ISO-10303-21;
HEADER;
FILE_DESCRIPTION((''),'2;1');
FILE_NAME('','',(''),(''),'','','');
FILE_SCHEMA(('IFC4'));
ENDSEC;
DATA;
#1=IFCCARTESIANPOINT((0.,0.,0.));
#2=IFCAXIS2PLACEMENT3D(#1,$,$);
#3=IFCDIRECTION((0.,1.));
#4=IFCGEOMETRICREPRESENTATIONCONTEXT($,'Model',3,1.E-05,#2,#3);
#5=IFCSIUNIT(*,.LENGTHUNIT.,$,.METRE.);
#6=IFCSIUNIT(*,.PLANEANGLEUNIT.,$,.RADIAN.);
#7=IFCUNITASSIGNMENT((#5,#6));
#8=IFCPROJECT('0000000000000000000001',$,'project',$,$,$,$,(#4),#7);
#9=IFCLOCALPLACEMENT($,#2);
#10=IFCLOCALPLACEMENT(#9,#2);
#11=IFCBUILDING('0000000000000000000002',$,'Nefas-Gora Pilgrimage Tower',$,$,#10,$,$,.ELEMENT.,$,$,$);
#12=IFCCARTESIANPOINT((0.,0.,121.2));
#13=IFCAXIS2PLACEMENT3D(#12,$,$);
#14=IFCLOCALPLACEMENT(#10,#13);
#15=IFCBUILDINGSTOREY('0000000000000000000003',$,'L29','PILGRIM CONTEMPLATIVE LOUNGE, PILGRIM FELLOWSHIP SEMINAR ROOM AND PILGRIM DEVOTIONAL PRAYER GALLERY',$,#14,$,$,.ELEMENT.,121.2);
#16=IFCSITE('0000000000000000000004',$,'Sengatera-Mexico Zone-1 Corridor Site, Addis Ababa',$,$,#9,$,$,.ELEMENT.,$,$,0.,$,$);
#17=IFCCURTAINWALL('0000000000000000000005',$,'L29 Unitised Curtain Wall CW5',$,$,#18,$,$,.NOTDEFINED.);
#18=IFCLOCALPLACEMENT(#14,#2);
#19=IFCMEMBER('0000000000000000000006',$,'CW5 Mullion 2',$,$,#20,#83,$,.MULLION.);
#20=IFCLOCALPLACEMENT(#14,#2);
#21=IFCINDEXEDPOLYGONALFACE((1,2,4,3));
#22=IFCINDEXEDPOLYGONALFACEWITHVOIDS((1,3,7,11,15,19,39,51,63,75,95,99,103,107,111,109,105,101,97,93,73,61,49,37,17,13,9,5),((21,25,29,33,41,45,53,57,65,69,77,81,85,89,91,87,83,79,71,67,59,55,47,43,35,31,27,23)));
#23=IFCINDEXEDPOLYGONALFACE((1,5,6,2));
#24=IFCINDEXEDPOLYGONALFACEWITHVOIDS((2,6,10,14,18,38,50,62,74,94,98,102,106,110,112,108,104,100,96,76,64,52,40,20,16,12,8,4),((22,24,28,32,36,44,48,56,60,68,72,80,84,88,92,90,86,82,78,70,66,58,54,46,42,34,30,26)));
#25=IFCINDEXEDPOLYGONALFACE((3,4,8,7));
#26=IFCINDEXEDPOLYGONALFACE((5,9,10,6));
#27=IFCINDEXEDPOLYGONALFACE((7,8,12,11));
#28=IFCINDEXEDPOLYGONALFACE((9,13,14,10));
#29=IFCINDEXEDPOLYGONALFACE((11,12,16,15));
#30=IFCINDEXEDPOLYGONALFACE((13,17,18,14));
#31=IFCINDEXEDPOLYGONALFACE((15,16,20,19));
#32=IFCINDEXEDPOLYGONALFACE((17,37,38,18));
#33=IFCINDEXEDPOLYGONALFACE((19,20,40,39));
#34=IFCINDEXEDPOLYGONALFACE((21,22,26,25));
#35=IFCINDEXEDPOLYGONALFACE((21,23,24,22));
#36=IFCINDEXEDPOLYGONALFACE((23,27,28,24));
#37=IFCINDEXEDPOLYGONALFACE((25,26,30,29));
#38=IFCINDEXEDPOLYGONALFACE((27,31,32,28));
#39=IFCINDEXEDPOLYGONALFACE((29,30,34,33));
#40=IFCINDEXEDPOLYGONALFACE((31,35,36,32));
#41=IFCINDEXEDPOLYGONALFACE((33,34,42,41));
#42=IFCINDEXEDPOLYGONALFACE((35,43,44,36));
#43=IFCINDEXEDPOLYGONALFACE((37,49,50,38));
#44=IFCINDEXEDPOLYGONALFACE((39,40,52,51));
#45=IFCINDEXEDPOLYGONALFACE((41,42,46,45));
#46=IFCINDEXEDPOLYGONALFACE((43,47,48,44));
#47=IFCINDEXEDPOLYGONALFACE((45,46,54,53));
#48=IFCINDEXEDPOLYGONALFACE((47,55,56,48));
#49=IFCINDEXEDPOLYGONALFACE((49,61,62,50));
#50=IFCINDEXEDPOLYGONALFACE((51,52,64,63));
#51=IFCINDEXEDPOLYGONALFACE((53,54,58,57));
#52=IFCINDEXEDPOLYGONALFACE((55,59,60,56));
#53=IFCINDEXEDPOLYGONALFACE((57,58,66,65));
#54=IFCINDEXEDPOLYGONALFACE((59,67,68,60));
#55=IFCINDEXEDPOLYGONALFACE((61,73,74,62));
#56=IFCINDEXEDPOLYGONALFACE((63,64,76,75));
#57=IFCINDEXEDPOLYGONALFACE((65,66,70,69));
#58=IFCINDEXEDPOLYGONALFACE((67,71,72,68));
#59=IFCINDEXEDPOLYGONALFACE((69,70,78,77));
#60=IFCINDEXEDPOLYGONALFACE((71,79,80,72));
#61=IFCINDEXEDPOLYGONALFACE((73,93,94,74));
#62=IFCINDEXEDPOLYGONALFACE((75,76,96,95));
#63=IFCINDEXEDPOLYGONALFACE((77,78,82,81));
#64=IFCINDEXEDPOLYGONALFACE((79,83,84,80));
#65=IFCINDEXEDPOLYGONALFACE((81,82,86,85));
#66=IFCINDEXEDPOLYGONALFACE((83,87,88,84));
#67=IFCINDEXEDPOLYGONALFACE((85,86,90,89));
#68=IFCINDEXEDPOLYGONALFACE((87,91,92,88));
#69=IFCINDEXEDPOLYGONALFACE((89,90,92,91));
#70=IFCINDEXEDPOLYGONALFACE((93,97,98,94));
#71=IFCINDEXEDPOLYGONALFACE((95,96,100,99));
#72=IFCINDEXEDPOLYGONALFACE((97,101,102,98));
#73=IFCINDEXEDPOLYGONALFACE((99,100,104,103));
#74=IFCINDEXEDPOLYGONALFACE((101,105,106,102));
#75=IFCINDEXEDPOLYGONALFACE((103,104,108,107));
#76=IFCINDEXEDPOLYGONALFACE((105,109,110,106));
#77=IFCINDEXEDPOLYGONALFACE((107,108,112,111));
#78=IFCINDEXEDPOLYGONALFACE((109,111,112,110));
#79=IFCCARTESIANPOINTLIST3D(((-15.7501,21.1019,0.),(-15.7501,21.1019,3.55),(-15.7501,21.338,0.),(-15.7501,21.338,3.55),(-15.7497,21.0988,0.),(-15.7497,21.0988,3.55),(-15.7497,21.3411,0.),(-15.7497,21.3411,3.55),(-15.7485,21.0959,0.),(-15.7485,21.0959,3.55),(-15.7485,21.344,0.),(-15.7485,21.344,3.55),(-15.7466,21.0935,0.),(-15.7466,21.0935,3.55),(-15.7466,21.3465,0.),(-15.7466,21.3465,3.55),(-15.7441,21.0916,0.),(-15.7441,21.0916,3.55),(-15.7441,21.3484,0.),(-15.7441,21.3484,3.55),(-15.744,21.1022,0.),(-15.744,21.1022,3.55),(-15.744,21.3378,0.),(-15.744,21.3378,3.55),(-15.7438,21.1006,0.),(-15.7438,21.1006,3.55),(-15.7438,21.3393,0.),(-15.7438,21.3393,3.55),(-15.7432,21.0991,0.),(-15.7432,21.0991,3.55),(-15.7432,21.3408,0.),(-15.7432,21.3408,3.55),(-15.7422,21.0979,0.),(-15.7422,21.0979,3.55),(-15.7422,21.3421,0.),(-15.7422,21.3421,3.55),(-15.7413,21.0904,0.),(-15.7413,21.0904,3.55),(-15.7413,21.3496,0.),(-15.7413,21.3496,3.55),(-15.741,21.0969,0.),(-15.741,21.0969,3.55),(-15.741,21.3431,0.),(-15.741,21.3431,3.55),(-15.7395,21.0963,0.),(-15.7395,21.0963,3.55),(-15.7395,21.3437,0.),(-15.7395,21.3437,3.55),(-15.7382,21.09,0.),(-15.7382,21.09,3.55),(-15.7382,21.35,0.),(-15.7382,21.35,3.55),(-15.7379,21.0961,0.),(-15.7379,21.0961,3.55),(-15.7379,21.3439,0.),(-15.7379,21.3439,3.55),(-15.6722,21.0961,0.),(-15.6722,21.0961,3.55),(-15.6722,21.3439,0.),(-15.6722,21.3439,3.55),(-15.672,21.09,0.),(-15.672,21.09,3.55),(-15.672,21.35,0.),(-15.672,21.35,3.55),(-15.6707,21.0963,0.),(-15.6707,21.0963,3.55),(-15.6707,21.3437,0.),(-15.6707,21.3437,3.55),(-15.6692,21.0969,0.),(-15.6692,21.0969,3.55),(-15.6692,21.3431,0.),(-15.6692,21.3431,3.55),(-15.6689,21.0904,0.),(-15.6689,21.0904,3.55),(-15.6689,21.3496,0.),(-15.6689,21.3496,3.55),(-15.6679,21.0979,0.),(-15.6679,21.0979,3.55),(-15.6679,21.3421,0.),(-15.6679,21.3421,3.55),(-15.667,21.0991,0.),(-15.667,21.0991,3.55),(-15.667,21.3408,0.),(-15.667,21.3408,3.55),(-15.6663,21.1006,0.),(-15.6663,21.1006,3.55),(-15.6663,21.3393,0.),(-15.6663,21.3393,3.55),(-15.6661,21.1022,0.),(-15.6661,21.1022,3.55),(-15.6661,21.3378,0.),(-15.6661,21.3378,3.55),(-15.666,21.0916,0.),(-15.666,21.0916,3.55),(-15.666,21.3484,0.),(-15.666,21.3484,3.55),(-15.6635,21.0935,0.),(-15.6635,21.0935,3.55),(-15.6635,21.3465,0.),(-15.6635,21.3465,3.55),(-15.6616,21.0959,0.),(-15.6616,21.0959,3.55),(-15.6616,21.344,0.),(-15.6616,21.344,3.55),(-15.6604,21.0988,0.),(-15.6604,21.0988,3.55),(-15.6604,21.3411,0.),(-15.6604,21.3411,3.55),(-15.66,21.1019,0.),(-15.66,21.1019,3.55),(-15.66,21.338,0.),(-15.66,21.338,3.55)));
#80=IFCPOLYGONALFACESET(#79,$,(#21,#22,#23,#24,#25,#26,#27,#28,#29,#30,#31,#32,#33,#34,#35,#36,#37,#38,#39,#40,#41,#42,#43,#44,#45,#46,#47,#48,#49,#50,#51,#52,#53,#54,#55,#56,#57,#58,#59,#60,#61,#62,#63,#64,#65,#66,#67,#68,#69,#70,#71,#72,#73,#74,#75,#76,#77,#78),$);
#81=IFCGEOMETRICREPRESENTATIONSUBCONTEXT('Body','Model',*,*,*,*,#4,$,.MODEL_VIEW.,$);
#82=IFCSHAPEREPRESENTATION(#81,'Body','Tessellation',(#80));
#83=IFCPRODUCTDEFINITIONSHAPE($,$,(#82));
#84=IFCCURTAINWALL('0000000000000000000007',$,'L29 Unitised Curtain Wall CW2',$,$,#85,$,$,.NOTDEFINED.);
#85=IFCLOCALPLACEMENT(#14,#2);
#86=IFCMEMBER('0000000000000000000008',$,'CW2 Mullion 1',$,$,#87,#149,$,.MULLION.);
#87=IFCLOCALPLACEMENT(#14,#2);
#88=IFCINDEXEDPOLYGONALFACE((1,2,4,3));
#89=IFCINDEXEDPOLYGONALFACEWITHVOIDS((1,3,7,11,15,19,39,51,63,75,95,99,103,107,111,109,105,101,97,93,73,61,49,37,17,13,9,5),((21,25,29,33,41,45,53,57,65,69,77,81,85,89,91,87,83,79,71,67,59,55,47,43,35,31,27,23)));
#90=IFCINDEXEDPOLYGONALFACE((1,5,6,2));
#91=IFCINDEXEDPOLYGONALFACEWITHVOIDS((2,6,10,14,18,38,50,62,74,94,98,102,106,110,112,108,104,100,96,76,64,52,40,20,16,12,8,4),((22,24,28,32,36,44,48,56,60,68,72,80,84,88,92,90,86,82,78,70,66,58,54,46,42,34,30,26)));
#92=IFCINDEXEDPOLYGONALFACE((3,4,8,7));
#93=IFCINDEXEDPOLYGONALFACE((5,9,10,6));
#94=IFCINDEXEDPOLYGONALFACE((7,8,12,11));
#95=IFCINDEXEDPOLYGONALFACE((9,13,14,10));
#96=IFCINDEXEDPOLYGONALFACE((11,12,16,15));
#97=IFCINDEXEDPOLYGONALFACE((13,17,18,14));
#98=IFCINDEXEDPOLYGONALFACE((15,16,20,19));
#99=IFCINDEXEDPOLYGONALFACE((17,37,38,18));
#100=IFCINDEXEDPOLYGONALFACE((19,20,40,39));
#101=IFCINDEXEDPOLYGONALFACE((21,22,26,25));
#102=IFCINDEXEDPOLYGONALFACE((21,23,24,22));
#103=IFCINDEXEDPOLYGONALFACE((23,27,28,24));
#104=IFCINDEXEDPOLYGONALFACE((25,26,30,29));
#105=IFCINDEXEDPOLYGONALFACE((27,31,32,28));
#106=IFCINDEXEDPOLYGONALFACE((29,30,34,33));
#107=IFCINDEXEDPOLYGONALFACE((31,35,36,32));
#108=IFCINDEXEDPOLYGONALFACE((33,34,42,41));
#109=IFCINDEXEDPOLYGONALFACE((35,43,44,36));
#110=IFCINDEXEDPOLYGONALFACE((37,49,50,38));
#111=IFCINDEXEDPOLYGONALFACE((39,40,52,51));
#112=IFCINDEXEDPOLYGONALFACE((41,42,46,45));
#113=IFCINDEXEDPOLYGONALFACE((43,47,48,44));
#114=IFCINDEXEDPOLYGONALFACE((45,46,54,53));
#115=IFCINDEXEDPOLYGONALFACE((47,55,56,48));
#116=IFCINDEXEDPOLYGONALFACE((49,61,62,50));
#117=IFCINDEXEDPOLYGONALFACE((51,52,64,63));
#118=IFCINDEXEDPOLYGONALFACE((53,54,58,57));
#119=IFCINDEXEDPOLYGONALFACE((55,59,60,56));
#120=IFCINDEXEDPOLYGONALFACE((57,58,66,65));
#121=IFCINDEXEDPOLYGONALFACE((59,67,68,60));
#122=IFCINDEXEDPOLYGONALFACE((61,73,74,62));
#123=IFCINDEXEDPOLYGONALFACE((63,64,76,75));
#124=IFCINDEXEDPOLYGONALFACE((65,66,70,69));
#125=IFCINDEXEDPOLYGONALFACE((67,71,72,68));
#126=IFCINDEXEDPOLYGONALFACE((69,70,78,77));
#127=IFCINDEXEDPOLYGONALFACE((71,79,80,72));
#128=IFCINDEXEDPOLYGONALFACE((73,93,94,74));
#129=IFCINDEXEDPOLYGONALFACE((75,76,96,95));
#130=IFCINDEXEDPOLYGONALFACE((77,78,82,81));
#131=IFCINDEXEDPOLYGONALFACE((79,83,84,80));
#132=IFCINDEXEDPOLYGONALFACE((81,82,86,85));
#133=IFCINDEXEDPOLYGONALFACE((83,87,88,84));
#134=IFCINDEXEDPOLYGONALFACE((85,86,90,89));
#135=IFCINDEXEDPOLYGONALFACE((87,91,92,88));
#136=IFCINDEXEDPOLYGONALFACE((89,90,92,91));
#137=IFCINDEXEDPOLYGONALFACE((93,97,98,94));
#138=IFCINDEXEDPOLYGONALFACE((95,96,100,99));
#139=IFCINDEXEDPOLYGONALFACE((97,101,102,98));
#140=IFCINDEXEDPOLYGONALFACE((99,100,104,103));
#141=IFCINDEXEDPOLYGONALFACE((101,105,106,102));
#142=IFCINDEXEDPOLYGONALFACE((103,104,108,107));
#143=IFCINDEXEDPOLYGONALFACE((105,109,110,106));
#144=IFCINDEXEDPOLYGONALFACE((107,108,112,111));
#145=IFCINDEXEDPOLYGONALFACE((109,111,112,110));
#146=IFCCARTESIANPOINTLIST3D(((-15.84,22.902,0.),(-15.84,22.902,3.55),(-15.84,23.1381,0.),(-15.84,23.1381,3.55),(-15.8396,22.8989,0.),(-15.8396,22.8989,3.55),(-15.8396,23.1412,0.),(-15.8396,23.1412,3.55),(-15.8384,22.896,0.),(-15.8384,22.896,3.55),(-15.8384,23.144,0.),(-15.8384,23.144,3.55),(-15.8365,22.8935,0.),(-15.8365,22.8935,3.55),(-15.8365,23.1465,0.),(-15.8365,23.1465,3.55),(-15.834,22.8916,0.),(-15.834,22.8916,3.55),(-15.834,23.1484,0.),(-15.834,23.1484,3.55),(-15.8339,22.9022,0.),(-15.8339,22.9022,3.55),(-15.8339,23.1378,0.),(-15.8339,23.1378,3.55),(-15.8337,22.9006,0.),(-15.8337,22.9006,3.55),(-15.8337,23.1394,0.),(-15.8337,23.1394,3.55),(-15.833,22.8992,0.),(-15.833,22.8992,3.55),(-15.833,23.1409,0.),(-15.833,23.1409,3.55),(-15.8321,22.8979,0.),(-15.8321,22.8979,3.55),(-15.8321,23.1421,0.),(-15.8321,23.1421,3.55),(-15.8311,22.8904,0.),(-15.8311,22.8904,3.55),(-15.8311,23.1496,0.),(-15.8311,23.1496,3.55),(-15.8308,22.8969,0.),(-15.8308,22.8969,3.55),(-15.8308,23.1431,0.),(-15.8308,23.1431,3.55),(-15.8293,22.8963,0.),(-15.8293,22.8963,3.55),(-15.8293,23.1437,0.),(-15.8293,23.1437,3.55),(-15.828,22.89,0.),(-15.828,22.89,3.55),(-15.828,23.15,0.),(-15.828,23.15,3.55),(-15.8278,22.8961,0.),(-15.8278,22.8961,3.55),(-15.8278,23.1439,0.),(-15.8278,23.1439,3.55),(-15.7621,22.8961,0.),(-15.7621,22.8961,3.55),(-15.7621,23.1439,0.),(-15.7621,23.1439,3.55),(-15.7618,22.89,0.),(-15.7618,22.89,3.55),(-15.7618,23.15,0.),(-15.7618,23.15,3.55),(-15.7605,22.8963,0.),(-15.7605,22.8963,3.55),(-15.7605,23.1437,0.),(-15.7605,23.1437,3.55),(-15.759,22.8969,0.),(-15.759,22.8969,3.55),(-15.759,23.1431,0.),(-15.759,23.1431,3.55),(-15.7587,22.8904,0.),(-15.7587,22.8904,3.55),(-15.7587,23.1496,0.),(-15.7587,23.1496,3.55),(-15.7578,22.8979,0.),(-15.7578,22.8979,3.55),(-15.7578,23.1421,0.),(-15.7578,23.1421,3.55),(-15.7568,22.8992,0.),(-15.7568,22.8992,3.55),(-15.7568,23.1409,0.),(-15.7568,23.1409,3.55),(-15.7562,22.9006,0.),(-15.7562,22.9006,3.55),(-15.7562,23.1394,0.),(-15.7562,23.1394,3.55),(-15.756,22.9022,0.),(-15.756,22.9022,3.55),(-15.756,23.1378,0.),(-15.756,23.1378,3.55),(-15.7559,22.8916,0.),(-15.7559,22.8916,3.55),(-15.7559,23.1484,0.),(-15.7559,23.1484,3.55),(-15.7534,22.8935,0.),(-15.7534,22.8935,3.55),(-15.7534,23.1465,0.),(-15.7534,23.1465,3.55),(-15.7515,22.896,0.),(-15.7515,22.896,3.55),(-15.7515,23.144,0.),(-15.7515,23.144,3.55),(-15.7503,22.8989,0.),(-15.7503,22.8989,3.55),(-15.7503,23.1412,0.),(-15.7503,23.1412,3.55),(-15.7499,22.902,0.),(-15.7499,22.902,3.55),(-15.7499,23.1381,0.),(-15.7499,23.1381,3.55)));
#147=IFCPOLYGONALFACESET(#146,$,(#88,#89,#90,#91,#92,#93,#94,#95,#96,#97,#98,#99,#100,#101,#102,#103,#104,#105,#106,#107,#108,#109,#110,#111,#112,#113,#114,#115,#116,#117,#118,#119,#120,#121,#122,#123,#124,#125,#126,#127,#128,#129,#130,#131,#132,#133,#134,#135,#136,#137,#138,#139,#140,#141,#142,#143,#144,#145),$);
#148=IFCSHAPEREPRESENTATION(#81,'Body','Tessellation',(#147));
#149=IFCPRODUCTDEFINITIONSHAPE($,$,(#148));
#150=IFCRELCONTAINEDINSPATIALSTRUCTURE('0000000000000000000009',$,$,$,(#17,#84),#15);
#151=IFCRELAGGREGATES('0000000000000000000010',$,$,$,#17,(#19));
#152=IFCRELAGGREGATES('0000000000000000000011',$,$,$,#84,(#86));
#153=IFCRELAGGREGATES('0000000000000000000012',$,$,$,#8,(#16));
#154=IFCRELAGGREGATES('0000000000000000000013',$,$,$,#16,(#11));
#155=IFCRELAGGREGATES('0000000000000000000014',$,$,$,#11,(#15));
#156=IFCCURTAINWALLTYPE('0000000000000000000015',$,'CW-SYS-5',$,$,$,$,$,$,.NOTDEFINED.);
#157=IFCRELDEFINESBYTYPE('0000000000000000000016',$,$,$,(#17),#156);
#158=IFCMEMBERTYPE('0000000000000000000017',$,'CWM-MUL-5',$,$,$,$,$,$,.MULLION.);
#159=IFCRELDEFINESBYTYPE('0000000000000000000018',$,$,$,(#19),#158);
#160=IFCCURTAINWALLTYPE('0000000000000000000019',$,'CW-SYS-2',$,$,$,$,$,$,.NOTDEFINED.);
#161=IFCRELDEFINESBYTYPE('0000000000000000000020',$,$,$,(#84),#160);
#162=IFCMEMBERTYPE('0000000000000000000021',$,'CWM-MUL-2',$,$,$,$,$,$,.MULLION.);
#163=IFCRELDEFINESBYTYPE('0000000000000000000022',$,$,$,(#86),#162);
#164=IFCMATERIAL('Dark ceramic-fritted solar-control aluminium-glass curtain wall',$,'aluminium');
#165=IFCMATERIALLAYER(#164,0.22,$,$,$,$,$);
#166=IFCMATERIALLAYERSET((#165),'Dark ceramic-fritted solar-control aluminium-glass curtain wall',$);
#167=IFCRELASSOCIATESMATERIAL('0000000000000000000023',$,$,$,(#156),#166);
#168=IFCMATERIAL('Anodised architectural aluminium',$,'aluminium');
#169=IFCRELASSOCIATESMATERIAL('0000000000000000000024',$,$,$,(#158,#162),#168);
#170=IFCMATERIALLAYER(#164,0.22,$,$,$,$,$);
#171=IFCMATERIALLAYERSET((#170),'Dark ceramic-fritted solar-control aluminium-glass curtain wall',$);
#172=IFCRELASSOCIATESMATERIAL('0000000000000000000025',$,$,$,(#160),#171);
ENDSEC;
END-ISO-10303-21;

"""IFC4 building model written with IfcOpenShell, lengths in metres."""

from ifc_helpers import new_model, si_unit, direction, frame, origin, origin_2d, place, context, subcontext, project, spatial, hollow_rectangle, extrude, source, transform, mapped, material, layer, layer_set, material_profile, profile_set, type_object, element, aggregate, save


model = new_model("IFC4")

# Units and contexts
model_context = context("Model", 3, precision=1e-05, world=origin(), true_north=direction((0.0, 1.0)))
body_context = subcontext(model_context, "Body", "Model", "MODEL_VIEW")
ifc_project = project(units=[si_unit("LENGTHUNIT", "METRE"), si_unit("PLANEANGLEUNIT", "RADIAN")], contexts=[model_context])

# Site, building, storey
site_placement = place(None, origin())
site = spatial("IfcSite", under=ifc_project, at=site_placement, Name="Sengatera-Mexico Zone-1 Corridor Site, Addis Ababa", CompositionType="ELEMENT", RefElevation=0.0)
building_placement = place(site_placement, origin())
building = spatial("IfcBuilding", under=site, at=building_placement, Name="Nefas-Gora Pilgrimage Tower", CompositionType="ELEMENT")
storey_placement = place(building_placement, frame((0.0, 0.0, 121.2)))
storey = spatial("IfcBuildingStorey", under=building, at=storey_placement, Name="L29", Description="PILGRIM CONTEMPLATIVE LOUNGE, PILGRIM FELLOWSHIP SEMINAR ROOM AND PILGRIM DEVOTIONAL PRAYER GALLERY", CompositionType="ELEMENT", Elevation=121.2)

# Curtain wall, member
ifc_material_1 = material(Name="Dark ceramic-fritted solar-control aluminium-glass curtain wall", Category="aluminium")
ifc_layer_1 = layer(ifc_material_1, 0.22)
ifc_layer_set_1 = layer_set([ifc_layer_1], Name="Dark ceramic-fritted solar-control aluminium-glass curtain wall")
curtain_wall_type_1 = type_object("IfcCurtainWallType", Name="CW-SYS-5", PredefinedType="NOTDEFINED", material=ifc_layer_set_1)
curtain_wall_1_placement = place(storey_placement, origin())
curtain_wall_1 = element("IfcCurtainWall", 1, at=curtain_wall_1_placement, inside=storey, type_object=curtain_wall_type_1, Name="L29 Unitised Curtain Wall CW5", PredefinedType="NOTDEFINED")
ifc_material_2 = material(Name="Anodised architectural aluminium", Category="aluminium")
ifc_material_profile_1 = material_profile(ifc_material_2, hollow_rectangle(XDim=0.0901, YDim=0.26, WallThickness=0.0061, InnerFilletRadius=0.0061, OuterFilletRadius=0.012, at=origin_2d()), Name="ALU MULLION 90x260")
ifc_profile_set_1 = profile_set([ifc_material_profile_1], Name="Anodised architectural aluminium")
member_type_1 = type_object("IfcMemberType", Name="CWM-MUL-5", PredefinedType="MULLION", material=ifc_profile_set_1)
shared_shape_1 = source(origin(), body_context, "Body", "SweptSolid", [
    extrude(hollow_rectangle(XDim=0.0901, YDim=0.26, WallThickness=0.0061, InnerFilletRadius=0.0061, OuterFilletRadius=0.012, at=origin_2d()), origin(), (0.0, 0.0, 1.0), 3.55),
])
member_1_placement = place(storey_placement, frame((-15.7051, 21.22, 0.0), z_axis=(0.0, 0.0, 1.0), x_axis=(-1.0, 0.0, 0.0)))
member_1 = element("IfcMember", 2, at=member_1_placement, type_object=member_type_1, Name="CW5 Mullion 2", PredefinedType="MULLION", context=body_context, shape_type="MappedRepresentation", body=[
    mapped(shared_shape_1, transform((0.0, 0.0, 0.0), x_axis=(1.0, 0.0, 0.0), y_axis=(0.0, 1.0, 0.0), z_axis=(0.0, 0.0, 1.0), scale=1.0)),
])

# Curtain wall, member
ifc_layer_2 = layer(ifc_material_1, 0.22)
ifc_layer_set_2 = layer_set([ifc_layer_2], Name="Dark ceramic-fritted solar-control aluminium-glass curtain wall")
curtain_wall_type_2 = type_object("IfcCurtainWallType", Name="CW-SYS-2", PredefinedType="NOTDEFINED", material=ifc_layer_set_2)
curtain_wall_2_placement = place(storey_placement, origin())
curtain_wall_2 = element("IfcCurtainWall", 3, at=curtain_wall_2_placement, inside=storey, type_object=curtain_wall_type_2, Name="L29 Unitised Curtain Wall CW2", PredefinedType="NOTDEFINED")
ifc_material_profile_2 = material_profile(ifc_material_2, hollow_rectangle(XDim=0.0901, YDim=0.26, WallThickness=0.0061, InnerFilletRadius=0.0061, OuterFilletRadius=0.012, at=origin_2d()), Name="ALU MULLION 90x260")
ifc_profile_set_2 = profile_set([ifc_material_profile_2], Name="Anodised architectural aluminium")
member_type_2 = type_object("IfcMemberType", Name="CWM-MUL-2", PredefinedType="MULLION", material=ifc_profile_set_2)
shared_shape_2 = source(origin(), body_context, "Body", "SweptSolid", [
    extrude(hollow_rectangle(XDim=0.0901, YDim=0.26, WallThickness=0.0061, InnerFilletRadius=0.0061, OuterFilletRadius=0.012, at=origin_2d()), origin(), (0.0, 0.0, 1.0), 3.55),
])
member_2_placement = place(storey_placement, frame((-15.7949, 23.02, 0.0), z_axis=(0.0, 0.0, 1.0), x_axis=(-1.0, 0.0, 0.0)))
member_2 = element("IfcMember", 4, at=member_2_placement, type_object=member_type_2, Name="CW2 Mullion 1", PredefinedType="MULLION", context=body_context, shape_type="MappedRepresentation", body=[
    mapped(shared_shape_2, transform((0.0, 0.0, 0.0), x_axis=(1.0, 0.0, 0.0), y_axis=(0.0, 1.0, 0.0), z_axis=(0.0, 0.0, 1.0), scale=1.0)),
])

aggregate(curtain_wall_1, [member_1])
aggregate(curtain_wall_2, [member_2])

save(model, "model.ifc")
